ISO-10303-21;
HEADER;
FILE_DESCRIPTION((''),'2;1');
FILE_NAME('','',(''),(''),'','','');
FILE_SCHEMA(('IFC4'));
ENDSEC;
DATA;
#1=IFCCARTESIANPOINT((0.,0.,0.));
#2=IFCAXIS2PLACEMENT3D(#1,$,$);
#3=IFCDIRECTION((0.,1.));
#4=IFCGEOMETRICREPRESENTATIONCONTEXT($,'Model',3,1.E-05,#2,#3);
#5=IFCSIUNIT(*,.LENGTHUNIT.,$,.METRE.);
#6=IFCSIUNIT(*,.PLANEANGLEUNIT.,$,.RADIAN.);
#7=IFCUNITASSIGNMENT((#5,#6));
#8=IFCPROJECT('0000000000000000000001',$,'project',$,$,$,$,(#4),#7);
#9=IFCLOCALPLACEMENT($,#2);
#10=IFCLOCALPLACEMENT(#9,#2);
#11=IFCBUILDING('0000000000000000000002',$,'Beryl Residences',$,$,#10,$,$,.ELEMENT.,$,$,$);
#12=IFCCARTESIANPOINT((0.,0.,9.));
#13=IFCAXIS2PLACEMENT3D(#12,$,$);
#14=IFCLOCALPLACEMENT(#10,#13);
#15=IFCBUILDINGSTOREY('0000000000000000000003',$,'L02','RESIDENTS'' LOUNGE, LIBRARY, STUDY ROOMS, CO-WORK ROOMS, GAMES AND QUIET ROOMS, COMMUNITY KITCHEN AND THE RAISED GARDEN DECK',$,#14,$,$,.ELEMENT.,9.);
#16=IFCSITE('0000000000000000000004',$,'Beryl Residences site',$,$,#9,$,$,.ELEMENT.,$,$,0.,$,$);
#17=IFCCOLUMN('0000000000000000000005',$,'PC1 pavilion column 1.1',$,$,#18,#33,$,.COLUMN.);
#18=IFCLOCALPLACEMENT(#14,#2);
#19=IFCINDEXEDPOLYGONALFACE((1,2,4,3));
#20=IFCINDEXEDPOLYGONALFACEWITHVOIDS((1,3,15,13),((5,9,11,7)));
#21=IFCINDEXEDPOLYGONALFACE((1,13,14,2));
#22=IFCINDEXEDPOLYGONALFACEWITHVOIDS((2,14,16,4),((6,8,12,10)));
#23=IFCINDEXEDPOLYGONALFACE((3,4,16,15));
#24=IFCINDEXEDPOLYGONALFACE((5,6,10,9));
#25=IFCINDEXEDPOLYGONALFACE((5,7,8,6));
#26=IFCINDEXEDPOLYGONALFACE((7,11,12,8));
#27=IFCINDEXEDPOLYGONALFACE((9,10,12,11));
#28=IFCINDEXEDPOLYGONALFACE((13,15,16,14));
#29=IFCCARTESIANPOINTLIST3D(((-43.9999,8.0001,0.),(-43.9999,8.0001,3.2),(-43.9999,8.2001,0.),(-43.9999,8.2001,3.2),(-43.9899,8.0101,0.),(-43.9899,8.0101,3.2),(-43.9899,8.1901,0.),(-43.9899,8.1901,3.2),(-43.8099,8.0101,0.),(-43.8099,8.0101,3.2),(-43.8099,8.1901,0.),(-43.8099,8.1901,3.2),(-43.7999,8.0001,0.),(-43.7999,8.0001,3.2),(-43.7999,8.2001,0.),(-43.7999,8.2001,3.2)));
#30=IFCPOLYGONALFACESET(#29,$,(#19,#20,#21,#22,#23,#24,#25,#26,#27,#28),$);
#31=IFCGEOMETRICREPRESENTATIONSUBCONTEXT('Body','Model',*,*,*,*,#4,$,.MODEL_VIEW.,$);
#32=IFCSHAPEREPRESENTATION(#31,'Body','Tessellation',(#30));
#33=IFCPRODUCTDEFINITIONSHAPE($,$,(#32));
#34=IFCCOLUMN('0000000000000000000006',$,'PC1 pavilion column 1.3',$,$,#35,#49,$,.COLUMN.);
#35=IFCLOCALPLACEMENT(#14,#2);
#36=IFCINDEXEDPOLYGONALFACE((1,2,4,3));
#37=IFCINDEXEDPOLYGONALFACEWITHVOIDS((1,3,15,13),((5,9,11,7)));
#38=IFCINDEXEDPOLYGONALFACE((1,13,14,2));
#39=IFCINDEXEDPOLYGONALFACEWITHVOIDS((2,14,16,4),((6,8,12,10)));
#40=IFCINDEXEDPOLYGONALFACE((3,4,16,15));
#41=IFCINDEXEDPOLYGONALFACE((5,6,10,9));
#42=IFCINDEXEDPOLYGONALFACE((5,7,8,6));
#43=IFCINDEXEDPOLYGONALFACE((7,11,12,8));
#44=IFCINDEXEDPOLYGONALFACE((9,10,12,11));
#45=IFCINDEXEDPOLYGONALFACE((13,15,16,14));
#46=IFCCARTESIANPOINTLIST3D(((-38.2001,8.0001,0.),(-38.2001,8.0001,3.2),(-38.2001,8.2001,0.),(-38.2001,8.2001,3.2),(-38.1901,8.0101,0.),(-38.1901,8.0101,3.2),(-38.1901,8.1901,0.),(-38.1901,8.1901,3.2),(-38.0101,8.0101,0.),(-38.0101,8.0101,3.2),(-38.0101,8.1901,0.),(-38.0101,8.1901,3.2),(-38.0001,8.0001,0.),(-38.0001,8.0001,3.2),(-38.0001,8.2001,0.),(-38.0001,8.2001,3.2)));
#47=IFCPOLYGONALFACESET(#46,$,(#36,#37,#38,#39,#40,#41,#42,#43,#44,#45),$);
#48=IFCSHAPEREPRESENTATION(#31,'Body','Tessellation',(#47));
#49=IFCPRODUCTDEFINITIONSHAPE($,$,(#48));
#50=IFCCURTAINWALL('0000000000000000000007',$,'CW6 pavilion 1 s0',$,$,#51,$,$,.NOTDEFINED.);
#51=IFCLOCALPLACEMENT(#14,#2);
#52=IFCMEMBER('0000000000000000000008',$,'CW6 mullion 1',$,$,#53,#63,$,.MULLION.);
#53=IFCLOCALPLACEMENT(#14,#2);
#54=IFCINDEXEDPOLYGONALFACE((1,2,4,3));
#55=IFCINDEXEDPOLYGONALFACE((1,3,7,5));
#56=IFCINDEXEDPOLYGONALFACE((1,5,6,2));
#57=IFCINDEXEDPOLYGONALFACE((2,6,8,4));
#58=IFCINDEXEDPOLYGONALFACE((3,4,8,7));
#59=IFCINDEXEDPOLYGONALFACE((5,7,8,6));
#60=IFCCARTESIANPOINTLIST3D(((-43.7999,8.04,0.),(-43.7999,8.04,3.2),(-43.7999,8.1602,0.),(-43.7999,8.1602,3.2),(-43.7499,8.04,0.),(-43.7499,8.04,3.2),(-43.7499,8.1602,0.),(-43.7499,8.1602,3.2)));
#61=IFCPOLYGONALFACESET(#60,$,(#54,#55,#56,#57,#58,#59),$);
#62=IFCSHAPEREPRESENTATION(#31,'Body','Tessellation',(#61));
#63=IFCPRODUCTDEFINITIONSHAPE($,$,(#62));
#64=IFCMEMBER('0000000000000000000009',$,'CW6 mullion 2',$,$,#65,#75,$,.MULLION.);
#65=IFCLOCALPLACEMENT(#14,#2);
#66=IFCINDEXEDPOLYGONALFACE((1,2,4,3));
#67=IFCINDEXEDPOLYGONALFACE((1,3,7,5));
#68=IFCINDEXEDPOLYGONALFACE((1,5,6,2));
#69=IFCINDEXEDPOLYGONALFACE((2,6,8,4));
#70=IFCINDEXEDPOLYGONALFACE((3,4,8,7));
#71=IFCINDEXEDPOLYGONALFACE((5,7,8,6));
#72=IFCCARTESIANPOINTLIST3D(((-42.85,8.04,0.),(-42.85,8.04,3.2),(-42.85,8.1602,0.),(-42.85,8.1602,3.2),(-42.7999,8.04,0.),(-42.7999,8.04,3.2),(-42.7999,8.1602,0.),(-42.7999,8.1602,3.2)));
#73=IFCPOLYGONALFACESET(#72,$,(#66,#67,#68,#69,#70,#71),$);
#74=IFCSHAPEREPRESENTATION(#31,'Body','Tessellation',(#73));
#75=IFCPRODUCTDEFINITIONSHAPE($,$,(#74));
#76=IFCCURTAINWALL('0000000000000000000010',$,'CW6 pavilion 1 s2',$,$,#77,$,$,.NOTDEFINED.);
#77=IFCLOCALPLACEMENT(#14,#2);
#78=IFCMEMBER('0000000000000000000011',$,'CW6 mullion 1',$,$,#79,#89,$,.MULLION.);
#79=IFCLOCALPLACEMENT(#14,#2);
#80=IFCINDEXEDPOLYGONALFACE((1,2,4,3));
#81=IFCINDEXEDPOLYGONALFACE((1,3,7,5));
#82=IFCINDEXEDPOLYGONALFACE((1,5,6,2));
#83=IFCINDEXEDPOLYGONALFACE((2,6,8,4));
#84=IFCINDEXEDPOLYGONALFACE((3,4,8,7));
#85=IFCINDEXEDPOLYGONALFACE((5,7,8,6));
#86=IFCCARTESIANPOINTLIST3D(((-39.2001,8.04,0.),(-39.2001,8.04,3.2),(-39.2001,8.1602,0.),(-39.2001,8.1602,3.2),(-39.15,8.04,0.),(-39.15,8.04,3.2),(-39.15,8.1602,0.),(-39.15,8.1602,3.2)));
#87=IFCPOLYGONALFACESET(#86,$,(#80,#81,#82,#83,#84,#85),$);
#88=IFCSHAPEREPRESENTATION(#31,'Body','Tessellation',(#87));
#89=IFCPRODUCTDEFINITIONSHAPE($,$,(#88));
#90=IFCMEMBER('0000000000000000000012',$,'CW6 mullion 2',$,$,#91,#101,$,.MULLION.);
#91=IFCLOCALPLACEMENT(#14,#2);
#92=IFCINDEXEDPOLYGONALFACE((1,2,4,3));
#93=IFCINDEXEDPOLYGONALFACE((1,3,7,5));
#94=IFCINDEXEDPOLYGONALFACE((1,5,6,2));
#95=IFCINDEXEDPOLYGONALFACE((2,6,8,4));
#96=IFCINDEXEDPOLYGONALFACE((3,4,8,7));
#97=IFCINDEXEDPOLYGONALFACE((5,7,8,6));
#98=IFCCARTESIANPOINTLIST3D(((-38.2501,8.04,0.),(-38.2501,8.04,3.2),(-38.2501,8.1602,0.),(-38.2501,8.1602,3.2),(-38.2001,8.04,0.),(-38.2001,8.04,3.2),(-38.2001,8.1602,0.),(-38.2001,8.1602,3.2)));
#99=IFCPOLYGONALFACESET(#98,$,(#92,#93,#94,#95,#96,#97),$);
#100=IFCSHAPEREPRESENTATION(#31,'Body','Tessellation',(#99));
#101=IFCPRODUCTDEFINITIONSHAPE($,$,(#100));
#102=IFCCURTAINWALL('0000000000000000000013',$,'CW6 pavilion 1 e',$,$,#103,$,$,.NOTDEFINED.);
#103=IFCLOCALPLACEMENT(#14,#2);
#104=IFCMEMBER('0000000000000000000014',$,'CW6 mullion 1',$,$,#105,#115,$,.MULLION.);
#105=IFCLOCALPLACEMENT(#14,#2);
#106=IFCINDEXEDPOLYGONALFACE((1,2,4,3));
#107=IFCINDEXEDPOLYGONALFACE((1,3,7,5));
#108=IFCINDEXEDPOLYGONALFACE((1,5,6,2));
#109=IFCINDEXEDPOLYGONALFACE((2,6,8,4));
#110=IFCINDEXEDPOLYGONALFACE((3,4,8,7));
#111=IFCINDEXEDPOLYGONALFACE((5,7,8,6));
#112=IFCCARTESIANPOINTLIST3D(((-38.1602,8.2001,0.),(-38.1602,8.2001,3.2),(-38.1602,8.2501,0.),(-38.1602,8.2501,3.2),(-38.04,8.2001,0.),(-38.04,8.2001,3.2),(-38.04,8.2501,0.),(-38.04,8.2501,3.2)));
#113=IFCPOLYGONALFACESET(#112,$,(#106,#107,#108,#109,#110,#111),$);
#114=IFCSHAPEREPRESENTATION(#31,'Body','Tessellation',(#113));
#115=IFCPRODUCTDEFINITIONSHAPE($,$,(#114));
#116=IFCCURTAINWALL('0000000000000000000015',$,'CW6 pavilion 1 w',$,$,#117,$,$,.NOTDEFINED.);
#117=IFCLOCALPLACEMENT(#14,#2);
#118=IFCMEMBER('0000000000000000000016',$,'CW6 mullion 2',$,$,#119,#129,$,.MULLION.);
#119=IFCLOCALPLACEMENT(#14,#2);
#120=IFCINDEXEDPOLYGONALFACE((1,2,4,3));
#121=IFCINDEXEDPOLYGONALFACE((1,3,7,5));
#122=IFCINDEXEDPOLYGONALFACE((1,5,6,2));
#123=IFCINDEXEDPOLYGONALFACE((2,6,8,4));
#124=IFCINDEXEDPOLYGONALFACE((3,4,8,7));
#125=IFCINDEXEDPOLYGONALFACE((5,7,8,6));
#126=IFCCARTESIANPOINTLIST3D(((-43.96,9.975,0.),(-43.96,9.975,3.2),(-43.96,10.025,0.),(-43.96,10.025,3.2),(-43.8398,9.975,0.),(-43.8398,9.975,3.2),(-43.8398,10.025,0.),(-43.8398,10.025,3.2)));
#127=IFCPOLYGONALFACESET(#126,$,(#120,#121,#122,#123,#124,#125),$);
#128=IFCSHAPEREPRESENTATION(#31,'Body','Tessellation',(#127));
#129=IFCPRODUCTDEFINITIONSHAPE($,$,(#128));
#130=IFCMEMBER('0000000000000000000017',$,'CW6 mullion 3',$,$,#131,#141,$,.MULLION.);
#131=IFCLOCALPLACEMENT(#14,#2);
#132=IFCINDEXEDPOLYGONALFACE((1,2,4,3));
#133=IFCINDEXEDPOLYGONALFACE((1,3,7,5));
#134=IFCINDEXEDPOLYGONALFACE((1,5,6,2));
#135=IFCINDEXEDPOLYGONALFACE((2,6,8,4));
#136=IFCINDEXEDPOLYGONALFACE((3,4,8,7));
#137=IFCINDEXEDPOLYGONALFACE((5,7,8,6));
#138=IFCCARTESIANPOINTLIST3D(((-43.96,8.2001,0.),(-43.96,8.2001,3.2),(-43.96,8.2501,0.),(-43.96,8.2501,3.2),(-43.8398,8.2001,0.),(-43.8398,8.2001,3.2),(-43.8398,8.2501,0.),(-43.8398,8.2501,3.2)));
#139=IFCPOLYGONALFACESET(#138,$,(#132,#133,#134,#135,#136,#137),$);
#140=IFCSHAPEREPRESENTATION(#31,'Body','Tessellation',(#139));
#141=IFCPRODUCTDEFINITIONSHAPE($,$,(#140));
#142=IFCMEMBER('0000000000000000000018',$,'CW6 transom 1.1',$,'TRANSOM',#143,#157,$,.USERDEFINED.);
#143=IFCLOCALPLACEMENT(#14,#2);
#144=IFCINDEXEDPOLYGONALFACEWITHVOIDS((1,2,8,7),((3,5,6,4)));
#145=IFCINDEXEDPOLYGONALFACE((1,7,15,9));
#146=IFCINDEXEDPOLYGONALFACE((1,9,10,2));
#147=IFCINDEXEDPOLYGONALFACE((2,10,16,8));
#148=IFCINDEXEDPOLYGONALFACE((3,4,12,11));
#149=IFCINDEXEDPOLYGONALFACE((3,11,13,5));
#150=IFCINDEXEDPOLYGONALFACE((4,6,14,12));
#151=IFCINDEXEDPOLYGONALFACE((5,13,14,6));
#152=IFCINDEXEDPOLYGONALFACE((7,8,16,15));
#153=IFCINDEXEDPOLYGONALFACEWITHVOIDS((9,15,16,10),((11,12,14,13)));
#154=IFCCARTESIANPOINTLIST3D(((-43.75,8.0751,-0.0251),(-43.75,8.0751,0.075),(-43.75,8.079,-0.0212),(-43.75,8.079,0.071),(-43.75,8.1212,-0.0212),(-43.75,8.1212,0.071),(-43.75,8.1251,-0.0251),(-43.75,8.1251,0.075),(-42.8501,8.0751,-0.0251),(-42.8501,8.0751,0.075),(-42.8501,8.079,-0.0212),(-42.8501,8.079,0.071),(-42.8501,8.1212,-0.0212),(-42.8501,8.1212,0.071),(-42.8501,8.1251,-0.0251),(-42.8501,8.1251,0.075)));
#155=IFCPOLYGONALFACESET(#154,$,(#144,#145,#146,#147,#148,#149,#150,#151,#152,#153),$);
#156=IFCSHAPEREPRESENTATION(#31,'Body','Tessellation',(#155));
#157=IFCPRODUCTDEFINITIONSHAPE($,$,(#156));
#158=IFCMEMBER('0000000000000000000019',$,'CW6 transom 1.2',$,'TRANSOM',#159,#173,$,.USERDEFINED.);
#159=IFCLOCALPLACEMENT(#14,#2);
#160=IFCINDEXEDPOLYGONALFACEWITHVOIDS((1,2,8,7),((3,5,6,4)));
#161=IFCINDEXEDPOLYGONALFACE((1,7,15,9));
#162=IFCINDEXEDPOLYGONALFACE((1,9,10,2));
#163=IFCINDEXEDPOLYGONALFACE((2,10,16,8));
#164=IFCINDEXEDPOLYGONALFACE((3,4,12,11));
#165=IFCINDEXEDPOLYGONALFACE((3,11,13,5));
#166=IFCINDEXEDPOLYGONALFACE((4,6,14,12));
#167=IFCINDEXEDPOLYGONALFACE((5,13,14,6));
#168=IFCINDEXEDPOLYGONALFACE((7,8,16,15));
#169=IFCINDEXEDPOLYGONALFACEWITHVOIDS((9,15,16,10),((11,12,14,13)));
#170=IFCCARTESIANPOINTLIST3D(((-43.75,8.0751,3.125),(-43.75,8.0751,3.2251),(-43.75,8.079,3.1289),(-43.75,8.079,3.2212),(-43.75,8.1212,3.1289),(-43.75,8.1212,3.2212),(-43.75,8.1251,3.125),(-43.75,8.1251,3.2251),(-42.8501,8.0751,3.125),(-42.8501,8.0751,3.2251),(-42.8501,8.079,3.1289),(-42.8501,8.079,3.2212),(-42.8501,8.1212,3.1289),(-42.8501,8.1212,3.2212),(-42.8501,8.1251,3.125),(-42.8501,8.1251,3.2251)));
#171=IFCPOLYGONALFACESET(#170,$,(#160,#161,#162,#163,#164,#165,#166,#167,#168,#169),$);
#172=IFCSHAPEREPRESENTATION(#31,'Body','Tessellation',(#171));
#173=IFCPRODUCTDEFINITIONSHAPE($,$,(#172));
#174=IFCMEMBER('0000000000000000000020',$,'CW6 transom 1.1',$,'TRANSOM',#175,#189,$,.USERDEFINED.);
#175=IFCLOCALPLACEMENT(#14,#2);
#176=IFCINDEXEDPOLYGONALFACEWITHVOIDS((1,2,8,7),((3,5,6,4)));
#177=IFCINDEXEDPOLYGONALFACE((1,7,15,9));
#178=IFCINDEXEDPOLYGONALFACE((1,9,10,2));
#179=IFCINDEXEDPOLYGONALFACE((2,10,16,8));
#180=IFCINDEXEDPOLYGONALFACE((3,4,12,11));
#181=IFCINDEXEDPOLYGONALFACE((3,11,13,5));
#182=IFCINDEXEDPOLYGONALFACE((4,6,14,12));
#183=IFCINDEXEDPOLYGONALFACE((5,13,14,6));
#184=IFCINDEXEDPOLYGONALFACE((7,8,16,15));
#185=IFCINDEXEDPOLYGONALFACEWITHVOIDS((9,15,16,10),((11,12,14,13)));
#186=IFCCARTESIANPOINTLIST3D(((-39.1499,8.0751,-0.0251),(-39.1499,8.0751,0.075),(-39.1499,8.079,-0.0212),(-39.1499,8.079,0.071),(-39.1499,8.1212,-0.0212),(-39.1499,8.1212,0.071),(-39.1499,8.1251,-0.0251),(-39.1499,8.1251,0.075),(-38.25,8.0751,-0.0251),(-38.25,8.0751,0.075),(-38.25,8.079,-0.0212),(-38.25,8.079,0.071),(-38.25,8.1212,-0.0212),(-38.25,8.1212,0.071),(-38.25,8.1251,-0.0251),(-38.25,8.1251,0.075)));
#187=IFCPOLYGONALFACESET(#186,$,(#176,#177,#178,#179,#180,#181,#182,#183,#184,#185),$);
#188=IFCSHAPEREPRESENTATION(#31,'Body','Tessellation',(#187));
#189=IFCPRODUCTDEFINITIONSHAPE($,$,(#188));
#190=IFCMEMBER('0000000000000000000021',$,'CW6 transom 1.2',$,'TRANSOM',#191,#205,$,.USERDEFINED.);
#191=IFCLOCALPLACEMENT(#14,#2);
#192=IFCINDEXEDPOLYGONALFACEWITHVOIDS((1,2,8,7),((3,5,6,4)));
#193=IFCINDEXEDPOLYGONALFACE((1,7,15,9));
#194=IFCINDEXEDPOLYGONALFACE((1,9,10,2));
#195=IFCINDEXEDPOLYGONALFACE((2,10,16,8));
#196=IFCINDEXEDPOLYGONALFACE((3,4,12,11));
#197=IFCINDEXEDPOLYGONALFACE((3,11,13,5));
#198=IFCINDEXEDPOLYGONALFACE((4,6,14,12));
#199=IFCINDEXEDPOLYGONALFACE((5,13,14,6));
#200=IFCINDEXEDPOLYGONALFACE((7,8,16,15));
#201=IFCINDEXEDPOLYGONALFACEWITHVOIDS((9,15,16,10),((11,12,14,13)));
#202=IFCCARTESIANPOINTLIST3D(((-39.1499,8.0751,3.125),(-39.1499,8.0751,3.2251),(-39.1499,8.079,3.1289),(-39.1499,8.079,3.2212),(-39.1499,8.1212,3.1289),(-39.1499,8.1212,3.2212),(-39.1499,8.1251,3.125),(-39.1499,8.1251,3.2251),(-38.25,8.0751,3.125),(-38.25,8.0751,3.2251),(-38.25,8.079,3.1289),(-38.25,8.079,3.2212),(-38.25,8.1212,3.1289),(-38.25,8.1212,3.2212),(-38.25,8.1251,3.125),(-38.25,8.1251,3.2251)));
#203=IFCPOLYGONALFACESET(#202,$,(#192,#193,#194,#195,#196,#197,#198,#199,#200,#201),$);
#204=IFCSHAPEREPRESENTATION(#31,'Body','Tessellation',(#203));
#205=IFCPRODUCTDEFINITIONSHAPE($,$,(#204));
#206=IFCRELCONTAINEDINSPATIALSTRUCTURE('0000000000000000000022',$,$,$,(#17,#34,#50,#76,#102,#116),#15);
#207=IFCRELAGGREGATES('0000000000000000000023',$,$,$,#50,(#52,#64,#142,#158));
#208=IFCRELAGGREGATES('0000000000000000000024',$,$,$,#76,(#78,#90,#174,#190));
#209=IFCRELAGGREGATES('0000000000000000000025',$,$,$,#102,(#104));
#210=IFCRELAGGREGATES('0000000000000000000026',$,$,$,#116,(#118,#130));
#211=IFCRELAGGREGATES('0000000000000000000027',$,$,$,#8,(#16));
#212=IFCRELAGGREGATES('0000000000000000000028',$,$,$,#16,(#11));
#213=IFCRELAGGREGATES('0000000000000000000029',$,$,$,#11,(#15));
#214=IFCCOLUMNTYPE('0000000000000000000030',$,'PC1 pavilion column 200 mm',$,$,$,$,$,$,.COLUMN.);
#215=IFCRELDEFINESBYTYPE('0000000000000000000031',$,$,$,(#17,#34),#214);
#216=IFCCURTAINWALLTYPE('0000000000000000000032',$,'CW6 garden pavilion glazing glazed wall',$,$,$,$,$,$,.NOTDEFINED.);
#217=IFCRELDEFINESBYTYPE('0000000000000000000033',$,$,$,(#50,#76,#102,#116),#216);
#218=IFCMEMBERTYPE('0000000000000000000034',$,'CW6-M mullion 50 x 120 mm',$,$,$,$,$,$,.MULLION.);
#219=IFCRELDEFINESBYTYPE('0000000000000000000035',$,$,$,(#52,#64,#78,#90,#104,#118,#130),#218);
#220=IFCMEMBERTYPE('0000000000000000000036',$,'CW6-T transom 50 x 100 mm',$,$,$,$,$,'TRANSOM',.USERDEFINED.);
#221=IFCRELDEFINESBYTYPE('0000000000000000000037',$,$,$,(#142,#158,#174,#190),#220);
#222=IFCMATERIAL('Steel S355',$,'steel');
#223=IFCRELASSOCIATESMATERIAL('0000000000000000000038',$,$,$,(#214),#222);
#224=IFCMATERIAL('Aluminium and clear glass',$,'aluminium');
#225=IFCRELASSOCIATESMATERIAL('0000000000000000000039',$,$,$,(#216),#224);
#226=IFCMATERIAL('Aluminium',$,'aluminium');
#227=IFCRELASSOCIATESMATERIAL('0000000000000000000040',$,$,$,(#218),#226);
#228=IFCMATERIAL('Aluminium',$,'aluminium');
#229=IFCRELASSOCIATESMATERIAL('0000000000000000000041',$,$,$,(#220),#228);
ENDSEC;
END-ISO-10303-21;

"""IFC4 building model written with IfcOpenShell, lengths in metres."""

from ifc_helpers import new_model, si_unit, direction, frame, origin, origin_2d, place, context, subcontext, project, spatial, rectangle, hollow_rectangle, extrude, material, material_profile, profile_set, type_object, element, aggregate, save


model = new_model("IFC4")

# Units and contexts
model_context = context("Model", 3, precision=1e-05, world=origin(), true_north=direction((0.0, 1.0)))
body_context = subcontext(model_context, "Body", "Model", "MODEL_VIEW")
ifc_project = project(units=[si_unit("LENGTHUNIT", "METRE"), si_unit("PLANEANGLEUNIT", "RADIAN")], contexts=[model_context])

# Site, building, storey
site_placement = place(None, origin())
site = spatial("IfcSite", under=ifc_project, at=site_placement, Name="Beryl Residences site", CompositionType="ELEMENT", RefElevation=0.0)
building_placement = place(site_placement, origin())
building = spatial("IfcBuilding", under=site, at=building_placement, Name="Beryl Residences", CompositionType="ELEMENT")
storey_placement = place(building_placement, frame((0.0, 0.0, 9.0)))
storey = spatial("IfcBuildingStorey", under=building, at=storey_placement, Name="L02", Description="RESIDENTS' LOUNGE, LIBRARY, STUDY ROOMS, CO-WORK ROOMS, GAMES AND QUIET ROOMS, COMMUNITY KITCHEN AND THE RAISED GARDEN DECK", CompositionType="ELEMENT", Elevation=9.0)

# Columns
ifc_material_1 = material(Name="Steel S355", Category="steel")
ifc_material_profile_1 = material_profile(ifc_material_1, hollow_rectangle(XDim=0.2, YDim=0.2, WallThickness=0.01, at=origin_2d()))
ifc_profile_set_1 = profile_set([ifc_material_profile_1], Name="Steel S355")
column_type = type_object("IfcColumnType", Name="PC1 pavilion column 200 mm", PredefinedType="COLUMN", material=ifc_profile_set_1)
for number, where, z_axis, x_axis, name in (
    (1, (-43.8999, 8.1001, 0.0), (0.0, 0.0, 1.0), (1.0, 0.0, 0.0), "PC1 pavilion column 1.1"),
    (2, (-38.1001, 8.1001, 0.0), (0.0, 0.0, 1.0), (1.0, 0.0, 0.0), "PC1 pavilion column 1.3"),
):
    element("IfcColumn", number, at=place(storey_placement, frame(where, z_axis=z_axis, x_axis=x_axis)), inside=storey, type_object=column_type, Name=name, PredefinedType="COLUMN", context=body_context, shape_type="SweptSolid", body=[
        extrude(hollow_rectangle(XDim=0.2, YDim=0.2, WallThickness=0.01, at=origin_2d()), origin(), (0.0, 0.0, 1.0), 3.2),
    ])

# Curtain walls, members
ifc_material_2 = material(Name="Aluminium and clear glass", Category="aluminium")
curtain_wall_type = type_object("IfcCurtainWallType", Name="CW6 garden pavilion glazing glazed wall", PredefinedType="NOTDEFINED", material=ifc_material_2)
curtain_wall_1_placement = place(storey_placement, origin())
curtain_wall_1 = element("IfcCurtainWall", 3, at=curtain_wall_1_placement, inside=storey, type_object=curtain_wall_type, Name="CW6 pavilion 1 s0", PredefinedType="NOTDEFINED")
ifc_material_3 = material(Name="Aluminium", Category="aluminium")
ifc_material_profile_2 = material_profile(ifc_material_3, rectangle(XDim=0.05, YDim=0.1201, at=origin_2d()))
ifc_profile_set_2 = profile_set([ifc_material_profile_2], Name="Aluminium")
member_type_1 = type_object("IfcMemberType", Name="CW6-M mullion 50 x 120 mm", PredefinedType="MULLION", material=ifc_profile_set_2)
member_1_placement = place(storey_placement, frame((-43.7749, 8.1001, 0.0), z_axis=(0.0, 0.0, 1.0), x_axis=(1.0, 0.0, 0.0)))
member_1 = element("IfcMember", 4, at=member_1_placement, type_object=member_type_1, Name="CW6 mullion 1", PredefinedType="MULLION", context=body_context, shape_type="SweptSolid", body=[
    extrude(rectangle(XDim=0.05, YDim=0.1201, at=origin_2d()), origin(), (0.0, 0.0, 1.0), 3.2),
])
member_2_placement = place(storey_placement, frame((-42.825, 8.1001, 0.0), z_axis=(0.0, 0.0, 1.0), x_axis=(1.0, 0.0, 0.0)))
member_2 = element("IfcMember", 5, at=member_2_placement, type_object=member_type_1, Name="CW6 mullion 2", PredefinedType="MULLION", context=body_context, shape_type="SweptSolid", body=[
    extrude(rectangle(XDim=0.05, YDim=0.1201, at=origin_2d()), origin(), (0.0, 0.0, 1.0), 3.2),
])
curtain_wall_2_placement = place(storey_placement, origin())
curtain_wall_2 = element("IfcCurtainWall", 6, at=curtain_wall_2_placement, inside=storey, type_object=curtain_wall_type, Name="CW6 pavilion 1 s2", PredefinedType="NOTDEFINED")
member_3_placement = place(storey_placement, frame((-39.175, 8.1001, 0.0), z_axis=(0.0, 0.0, 1.0), x_axis=(1.0, 0.0, 0.0)))
member_3 = element("IfcMember", 7, at=member_3_placement, type_object=member_type_1, Name="CW6 mullion 1", PredefinedType="MULLION", context=body_context, shape_type="SweptSolid", body=[
    extrude(rectangle(XDim=0.05, YDim=0.1201, at=origin_2d()), origin(), (0.0, 0.0, 1.0), 3.2),
])
member_4_placement = place(storey_placement, frame((-38.2251, 8.1001, 0.0), z_axis=(0.0, 0.0, 1.0), x_axis=(1.0, 0.0, 0.0)))
member_4 = element("IfcMember", 8, at=member_4_placement, type_object=member_type_1, Name="CW6 mullion 2", PredefinedType="MULLION", context=body_context, shape_type="SweptSolid", body=[
    extrude(rectangle(XDim=0.05, YDim=0.1201, at=origin_2d()), origin(), (0.0, 0.0, 1.0), 3.2),
])

# Curtain wall, member
curtain_wall_3_placement = place(storey_placement, origin())
curtain_wall_3 = element("IfcCurtainWall", 9, at=curtain_wall_3_placement, inside=storey, type_object=curtain_wall_type, Name="CW6 pavilion 1 e", PredefinedType="NOTDEFINED")
member_5_placement = place(storey_placement, frame((-38.1001, 8.2251, 0.0), z_axis=(0.0, 0.0, 1.0), x_axis=(0.0, 1.0, 0.0)))
member_5 = element("IfcMember", 10, at=member_5_placement, type_object=member_type_1, Name="CW6 mullion 1", PredefinedType="MULLION", context=body_context, shape_type="SweptSolid", body=[
    extrude(rectangle(XDim=0.05, YDim=0.1201, at=origin_2d()), origin(), (0.0, 0.0, 1.0), 3.2),
])

# Curtain wall, members
curtain_wall_4_placement = place(storey_placement, origin())
curtain_wall_4 = element("IfcCurtainWall", 11, at=curtain_wall_4_placement, inside=storey, type_object=curtain_wall_type, Name="CW6 pavilion 1 w", PredefinedType="NOTDEFINED")
member_6_placement = place(storey_placement, frame((-43.8999, 10.0, 0.0), z_axis=(0.0, 0.0, 1.0), x_axis=(0.0, -1.0, 0.0)))
member_6 = element("IfcMember", 12, at=member_6_placement, type_object=member_type_1, Name="CW6 mullion 2", PredefinedType="MULLION", context=body_context, shape_type="SweptSolid", body=[
    extrude(rectangle(XDim=0.05, YDim=0.1201, at=origin_2d()), origin(), (0.0, 0.0, 1.0), 3.2),
])
member_7_placement = place(storey_placement, frame((-43.8999, 8.2251, 0.0), z_axis=(0.0, 0.0, 1.0), x_axis=(0.0, -1.0, 0.0)))
member_7 = element("IfcMember", 13, at=member_7_placement, type_object=member_type_1, Name="CW6 mullion 3", PredefinedType="MULLION", context=body_context, shape_type="SweptSolid", body=[
    extrude(rectangle(XDim=0.05, YDim=0.1201, at=origin_2d()), origin(), (0.0, 0.0, 1.0), 3.2),
])

# Members
ifc_material_4 = material(Name="Aluminium", Category="aluminium")
ifc_material_profile_3 = material_profile(ifc_material_4, hollow_rectangle(XDim=0.05, YDim=0.1001, WallThickness=0.0039, at=origin_2d()))
ifc_profile_set_3 = profile_set([ifc_material_profile_3], Name="Aluminium")
member_type_2 = type_object("IfcMemberType", Name="CW6-T transom 50 x 100 mm", ElementType="TRANSOM", PredefinedType="USERDEFINED", material=ifc_profile_set_3)
member_8_placement = place(storey_placement, frame((-43.75, 8.1001, 0.0249), z_axis=(1.0, 0.0, 0.0), x_axis=(0.0, 1.0, 0.0)))
member_8 = element("IfcMember", 14, at=member_8_placement, type_object=member_type_2, Name="CW6 transom 1.1", ObjectType="TRANSOM", PredefinedType="USERDEFINED", context=body_context, shape_type="SweptSolid", body=[
    extrude(hollow_rectangle(XDim=0.05, YDim=0.1001, WallThickness=0.0039, at=origin_2d()), origin(), (0.0, 0.0, 1.0), 0.8999),
])
member_9_placement = place(storey_placement, frame((-43.75, 8.1001, 3.175), z_axis=(1.0, 0.0, 0.0), x_axis=(0.0, 1.0, 0.0)))
member_9 = element("IfcMember", 15, at=member_9_placement, type_object=member_type_2, Name="CW6 transom 1.2", ObjectType="TRANSOM", PredefinedType="USERDEFINED", context=body_context, shape_type="SweptSolid", body=[
    extrude(hollow_rectangle(XDim=0.05, YDim=0.1001, WallThickness=0.0039, at=origin_2d()), origin(), (0.0, 0.0, 1.0), 0.8999),
])
member_10_placement = place(storey_placement, frame((-39.1499, 8.1001, 0.0249), z_axis=(1.0, 0.0, 0.0), x_axis=(0.0, 1.0, 0.0)))
member_10 = element("IfcMember", 16, at=member_10_placement, type_object=member_type_2, Name="CW6 transom 1.1", ObjectType="TRANSOM", PredefinedType="USERDEFINED", context=body_context, shape_type="SweptSolid", body=[
    extrude(hollow_rectangle(XDim=0.05, YDim=0.1001, WallThickness=0.0039, at=origin_2d()), origin(), (0.0, 0.0, 1.0), 0.8999),
])
member_11_placement = place(storey_placement, frame((-39.1499, 8.1001, 3.175), z_axis=(1.0, 0.0, 0.0), x_axis=(0.0, 1.0, 0.0)))
member_11 = element("IfcMember", 17, at=member_11_placement, type_object=member_type_2, Name="CW6 transom 1.2", ObjectType="TRANSOM", PredefinedType="USERDEFINED", context=body_context, shape_type="SweptSolid", body=[
    extrude(hollow_rectangle(XDim=0.05, YDim=0.1001, WallThickness=0.0039, at=origin_2d()), origin(), (0.0, 0.0, 1.0), 0.8999),
])

aggregate(curtain_wall_1, [member_1, member_2, member_8, member_9])
aggregate(curtain_wall_2, [member_3, member_4, member_10, member_11])
aggregate(curtain_wall_3, [member_5])
aggregate(curtain_wall_4, [member_6, member_7])

save(model, "model.ifc")
